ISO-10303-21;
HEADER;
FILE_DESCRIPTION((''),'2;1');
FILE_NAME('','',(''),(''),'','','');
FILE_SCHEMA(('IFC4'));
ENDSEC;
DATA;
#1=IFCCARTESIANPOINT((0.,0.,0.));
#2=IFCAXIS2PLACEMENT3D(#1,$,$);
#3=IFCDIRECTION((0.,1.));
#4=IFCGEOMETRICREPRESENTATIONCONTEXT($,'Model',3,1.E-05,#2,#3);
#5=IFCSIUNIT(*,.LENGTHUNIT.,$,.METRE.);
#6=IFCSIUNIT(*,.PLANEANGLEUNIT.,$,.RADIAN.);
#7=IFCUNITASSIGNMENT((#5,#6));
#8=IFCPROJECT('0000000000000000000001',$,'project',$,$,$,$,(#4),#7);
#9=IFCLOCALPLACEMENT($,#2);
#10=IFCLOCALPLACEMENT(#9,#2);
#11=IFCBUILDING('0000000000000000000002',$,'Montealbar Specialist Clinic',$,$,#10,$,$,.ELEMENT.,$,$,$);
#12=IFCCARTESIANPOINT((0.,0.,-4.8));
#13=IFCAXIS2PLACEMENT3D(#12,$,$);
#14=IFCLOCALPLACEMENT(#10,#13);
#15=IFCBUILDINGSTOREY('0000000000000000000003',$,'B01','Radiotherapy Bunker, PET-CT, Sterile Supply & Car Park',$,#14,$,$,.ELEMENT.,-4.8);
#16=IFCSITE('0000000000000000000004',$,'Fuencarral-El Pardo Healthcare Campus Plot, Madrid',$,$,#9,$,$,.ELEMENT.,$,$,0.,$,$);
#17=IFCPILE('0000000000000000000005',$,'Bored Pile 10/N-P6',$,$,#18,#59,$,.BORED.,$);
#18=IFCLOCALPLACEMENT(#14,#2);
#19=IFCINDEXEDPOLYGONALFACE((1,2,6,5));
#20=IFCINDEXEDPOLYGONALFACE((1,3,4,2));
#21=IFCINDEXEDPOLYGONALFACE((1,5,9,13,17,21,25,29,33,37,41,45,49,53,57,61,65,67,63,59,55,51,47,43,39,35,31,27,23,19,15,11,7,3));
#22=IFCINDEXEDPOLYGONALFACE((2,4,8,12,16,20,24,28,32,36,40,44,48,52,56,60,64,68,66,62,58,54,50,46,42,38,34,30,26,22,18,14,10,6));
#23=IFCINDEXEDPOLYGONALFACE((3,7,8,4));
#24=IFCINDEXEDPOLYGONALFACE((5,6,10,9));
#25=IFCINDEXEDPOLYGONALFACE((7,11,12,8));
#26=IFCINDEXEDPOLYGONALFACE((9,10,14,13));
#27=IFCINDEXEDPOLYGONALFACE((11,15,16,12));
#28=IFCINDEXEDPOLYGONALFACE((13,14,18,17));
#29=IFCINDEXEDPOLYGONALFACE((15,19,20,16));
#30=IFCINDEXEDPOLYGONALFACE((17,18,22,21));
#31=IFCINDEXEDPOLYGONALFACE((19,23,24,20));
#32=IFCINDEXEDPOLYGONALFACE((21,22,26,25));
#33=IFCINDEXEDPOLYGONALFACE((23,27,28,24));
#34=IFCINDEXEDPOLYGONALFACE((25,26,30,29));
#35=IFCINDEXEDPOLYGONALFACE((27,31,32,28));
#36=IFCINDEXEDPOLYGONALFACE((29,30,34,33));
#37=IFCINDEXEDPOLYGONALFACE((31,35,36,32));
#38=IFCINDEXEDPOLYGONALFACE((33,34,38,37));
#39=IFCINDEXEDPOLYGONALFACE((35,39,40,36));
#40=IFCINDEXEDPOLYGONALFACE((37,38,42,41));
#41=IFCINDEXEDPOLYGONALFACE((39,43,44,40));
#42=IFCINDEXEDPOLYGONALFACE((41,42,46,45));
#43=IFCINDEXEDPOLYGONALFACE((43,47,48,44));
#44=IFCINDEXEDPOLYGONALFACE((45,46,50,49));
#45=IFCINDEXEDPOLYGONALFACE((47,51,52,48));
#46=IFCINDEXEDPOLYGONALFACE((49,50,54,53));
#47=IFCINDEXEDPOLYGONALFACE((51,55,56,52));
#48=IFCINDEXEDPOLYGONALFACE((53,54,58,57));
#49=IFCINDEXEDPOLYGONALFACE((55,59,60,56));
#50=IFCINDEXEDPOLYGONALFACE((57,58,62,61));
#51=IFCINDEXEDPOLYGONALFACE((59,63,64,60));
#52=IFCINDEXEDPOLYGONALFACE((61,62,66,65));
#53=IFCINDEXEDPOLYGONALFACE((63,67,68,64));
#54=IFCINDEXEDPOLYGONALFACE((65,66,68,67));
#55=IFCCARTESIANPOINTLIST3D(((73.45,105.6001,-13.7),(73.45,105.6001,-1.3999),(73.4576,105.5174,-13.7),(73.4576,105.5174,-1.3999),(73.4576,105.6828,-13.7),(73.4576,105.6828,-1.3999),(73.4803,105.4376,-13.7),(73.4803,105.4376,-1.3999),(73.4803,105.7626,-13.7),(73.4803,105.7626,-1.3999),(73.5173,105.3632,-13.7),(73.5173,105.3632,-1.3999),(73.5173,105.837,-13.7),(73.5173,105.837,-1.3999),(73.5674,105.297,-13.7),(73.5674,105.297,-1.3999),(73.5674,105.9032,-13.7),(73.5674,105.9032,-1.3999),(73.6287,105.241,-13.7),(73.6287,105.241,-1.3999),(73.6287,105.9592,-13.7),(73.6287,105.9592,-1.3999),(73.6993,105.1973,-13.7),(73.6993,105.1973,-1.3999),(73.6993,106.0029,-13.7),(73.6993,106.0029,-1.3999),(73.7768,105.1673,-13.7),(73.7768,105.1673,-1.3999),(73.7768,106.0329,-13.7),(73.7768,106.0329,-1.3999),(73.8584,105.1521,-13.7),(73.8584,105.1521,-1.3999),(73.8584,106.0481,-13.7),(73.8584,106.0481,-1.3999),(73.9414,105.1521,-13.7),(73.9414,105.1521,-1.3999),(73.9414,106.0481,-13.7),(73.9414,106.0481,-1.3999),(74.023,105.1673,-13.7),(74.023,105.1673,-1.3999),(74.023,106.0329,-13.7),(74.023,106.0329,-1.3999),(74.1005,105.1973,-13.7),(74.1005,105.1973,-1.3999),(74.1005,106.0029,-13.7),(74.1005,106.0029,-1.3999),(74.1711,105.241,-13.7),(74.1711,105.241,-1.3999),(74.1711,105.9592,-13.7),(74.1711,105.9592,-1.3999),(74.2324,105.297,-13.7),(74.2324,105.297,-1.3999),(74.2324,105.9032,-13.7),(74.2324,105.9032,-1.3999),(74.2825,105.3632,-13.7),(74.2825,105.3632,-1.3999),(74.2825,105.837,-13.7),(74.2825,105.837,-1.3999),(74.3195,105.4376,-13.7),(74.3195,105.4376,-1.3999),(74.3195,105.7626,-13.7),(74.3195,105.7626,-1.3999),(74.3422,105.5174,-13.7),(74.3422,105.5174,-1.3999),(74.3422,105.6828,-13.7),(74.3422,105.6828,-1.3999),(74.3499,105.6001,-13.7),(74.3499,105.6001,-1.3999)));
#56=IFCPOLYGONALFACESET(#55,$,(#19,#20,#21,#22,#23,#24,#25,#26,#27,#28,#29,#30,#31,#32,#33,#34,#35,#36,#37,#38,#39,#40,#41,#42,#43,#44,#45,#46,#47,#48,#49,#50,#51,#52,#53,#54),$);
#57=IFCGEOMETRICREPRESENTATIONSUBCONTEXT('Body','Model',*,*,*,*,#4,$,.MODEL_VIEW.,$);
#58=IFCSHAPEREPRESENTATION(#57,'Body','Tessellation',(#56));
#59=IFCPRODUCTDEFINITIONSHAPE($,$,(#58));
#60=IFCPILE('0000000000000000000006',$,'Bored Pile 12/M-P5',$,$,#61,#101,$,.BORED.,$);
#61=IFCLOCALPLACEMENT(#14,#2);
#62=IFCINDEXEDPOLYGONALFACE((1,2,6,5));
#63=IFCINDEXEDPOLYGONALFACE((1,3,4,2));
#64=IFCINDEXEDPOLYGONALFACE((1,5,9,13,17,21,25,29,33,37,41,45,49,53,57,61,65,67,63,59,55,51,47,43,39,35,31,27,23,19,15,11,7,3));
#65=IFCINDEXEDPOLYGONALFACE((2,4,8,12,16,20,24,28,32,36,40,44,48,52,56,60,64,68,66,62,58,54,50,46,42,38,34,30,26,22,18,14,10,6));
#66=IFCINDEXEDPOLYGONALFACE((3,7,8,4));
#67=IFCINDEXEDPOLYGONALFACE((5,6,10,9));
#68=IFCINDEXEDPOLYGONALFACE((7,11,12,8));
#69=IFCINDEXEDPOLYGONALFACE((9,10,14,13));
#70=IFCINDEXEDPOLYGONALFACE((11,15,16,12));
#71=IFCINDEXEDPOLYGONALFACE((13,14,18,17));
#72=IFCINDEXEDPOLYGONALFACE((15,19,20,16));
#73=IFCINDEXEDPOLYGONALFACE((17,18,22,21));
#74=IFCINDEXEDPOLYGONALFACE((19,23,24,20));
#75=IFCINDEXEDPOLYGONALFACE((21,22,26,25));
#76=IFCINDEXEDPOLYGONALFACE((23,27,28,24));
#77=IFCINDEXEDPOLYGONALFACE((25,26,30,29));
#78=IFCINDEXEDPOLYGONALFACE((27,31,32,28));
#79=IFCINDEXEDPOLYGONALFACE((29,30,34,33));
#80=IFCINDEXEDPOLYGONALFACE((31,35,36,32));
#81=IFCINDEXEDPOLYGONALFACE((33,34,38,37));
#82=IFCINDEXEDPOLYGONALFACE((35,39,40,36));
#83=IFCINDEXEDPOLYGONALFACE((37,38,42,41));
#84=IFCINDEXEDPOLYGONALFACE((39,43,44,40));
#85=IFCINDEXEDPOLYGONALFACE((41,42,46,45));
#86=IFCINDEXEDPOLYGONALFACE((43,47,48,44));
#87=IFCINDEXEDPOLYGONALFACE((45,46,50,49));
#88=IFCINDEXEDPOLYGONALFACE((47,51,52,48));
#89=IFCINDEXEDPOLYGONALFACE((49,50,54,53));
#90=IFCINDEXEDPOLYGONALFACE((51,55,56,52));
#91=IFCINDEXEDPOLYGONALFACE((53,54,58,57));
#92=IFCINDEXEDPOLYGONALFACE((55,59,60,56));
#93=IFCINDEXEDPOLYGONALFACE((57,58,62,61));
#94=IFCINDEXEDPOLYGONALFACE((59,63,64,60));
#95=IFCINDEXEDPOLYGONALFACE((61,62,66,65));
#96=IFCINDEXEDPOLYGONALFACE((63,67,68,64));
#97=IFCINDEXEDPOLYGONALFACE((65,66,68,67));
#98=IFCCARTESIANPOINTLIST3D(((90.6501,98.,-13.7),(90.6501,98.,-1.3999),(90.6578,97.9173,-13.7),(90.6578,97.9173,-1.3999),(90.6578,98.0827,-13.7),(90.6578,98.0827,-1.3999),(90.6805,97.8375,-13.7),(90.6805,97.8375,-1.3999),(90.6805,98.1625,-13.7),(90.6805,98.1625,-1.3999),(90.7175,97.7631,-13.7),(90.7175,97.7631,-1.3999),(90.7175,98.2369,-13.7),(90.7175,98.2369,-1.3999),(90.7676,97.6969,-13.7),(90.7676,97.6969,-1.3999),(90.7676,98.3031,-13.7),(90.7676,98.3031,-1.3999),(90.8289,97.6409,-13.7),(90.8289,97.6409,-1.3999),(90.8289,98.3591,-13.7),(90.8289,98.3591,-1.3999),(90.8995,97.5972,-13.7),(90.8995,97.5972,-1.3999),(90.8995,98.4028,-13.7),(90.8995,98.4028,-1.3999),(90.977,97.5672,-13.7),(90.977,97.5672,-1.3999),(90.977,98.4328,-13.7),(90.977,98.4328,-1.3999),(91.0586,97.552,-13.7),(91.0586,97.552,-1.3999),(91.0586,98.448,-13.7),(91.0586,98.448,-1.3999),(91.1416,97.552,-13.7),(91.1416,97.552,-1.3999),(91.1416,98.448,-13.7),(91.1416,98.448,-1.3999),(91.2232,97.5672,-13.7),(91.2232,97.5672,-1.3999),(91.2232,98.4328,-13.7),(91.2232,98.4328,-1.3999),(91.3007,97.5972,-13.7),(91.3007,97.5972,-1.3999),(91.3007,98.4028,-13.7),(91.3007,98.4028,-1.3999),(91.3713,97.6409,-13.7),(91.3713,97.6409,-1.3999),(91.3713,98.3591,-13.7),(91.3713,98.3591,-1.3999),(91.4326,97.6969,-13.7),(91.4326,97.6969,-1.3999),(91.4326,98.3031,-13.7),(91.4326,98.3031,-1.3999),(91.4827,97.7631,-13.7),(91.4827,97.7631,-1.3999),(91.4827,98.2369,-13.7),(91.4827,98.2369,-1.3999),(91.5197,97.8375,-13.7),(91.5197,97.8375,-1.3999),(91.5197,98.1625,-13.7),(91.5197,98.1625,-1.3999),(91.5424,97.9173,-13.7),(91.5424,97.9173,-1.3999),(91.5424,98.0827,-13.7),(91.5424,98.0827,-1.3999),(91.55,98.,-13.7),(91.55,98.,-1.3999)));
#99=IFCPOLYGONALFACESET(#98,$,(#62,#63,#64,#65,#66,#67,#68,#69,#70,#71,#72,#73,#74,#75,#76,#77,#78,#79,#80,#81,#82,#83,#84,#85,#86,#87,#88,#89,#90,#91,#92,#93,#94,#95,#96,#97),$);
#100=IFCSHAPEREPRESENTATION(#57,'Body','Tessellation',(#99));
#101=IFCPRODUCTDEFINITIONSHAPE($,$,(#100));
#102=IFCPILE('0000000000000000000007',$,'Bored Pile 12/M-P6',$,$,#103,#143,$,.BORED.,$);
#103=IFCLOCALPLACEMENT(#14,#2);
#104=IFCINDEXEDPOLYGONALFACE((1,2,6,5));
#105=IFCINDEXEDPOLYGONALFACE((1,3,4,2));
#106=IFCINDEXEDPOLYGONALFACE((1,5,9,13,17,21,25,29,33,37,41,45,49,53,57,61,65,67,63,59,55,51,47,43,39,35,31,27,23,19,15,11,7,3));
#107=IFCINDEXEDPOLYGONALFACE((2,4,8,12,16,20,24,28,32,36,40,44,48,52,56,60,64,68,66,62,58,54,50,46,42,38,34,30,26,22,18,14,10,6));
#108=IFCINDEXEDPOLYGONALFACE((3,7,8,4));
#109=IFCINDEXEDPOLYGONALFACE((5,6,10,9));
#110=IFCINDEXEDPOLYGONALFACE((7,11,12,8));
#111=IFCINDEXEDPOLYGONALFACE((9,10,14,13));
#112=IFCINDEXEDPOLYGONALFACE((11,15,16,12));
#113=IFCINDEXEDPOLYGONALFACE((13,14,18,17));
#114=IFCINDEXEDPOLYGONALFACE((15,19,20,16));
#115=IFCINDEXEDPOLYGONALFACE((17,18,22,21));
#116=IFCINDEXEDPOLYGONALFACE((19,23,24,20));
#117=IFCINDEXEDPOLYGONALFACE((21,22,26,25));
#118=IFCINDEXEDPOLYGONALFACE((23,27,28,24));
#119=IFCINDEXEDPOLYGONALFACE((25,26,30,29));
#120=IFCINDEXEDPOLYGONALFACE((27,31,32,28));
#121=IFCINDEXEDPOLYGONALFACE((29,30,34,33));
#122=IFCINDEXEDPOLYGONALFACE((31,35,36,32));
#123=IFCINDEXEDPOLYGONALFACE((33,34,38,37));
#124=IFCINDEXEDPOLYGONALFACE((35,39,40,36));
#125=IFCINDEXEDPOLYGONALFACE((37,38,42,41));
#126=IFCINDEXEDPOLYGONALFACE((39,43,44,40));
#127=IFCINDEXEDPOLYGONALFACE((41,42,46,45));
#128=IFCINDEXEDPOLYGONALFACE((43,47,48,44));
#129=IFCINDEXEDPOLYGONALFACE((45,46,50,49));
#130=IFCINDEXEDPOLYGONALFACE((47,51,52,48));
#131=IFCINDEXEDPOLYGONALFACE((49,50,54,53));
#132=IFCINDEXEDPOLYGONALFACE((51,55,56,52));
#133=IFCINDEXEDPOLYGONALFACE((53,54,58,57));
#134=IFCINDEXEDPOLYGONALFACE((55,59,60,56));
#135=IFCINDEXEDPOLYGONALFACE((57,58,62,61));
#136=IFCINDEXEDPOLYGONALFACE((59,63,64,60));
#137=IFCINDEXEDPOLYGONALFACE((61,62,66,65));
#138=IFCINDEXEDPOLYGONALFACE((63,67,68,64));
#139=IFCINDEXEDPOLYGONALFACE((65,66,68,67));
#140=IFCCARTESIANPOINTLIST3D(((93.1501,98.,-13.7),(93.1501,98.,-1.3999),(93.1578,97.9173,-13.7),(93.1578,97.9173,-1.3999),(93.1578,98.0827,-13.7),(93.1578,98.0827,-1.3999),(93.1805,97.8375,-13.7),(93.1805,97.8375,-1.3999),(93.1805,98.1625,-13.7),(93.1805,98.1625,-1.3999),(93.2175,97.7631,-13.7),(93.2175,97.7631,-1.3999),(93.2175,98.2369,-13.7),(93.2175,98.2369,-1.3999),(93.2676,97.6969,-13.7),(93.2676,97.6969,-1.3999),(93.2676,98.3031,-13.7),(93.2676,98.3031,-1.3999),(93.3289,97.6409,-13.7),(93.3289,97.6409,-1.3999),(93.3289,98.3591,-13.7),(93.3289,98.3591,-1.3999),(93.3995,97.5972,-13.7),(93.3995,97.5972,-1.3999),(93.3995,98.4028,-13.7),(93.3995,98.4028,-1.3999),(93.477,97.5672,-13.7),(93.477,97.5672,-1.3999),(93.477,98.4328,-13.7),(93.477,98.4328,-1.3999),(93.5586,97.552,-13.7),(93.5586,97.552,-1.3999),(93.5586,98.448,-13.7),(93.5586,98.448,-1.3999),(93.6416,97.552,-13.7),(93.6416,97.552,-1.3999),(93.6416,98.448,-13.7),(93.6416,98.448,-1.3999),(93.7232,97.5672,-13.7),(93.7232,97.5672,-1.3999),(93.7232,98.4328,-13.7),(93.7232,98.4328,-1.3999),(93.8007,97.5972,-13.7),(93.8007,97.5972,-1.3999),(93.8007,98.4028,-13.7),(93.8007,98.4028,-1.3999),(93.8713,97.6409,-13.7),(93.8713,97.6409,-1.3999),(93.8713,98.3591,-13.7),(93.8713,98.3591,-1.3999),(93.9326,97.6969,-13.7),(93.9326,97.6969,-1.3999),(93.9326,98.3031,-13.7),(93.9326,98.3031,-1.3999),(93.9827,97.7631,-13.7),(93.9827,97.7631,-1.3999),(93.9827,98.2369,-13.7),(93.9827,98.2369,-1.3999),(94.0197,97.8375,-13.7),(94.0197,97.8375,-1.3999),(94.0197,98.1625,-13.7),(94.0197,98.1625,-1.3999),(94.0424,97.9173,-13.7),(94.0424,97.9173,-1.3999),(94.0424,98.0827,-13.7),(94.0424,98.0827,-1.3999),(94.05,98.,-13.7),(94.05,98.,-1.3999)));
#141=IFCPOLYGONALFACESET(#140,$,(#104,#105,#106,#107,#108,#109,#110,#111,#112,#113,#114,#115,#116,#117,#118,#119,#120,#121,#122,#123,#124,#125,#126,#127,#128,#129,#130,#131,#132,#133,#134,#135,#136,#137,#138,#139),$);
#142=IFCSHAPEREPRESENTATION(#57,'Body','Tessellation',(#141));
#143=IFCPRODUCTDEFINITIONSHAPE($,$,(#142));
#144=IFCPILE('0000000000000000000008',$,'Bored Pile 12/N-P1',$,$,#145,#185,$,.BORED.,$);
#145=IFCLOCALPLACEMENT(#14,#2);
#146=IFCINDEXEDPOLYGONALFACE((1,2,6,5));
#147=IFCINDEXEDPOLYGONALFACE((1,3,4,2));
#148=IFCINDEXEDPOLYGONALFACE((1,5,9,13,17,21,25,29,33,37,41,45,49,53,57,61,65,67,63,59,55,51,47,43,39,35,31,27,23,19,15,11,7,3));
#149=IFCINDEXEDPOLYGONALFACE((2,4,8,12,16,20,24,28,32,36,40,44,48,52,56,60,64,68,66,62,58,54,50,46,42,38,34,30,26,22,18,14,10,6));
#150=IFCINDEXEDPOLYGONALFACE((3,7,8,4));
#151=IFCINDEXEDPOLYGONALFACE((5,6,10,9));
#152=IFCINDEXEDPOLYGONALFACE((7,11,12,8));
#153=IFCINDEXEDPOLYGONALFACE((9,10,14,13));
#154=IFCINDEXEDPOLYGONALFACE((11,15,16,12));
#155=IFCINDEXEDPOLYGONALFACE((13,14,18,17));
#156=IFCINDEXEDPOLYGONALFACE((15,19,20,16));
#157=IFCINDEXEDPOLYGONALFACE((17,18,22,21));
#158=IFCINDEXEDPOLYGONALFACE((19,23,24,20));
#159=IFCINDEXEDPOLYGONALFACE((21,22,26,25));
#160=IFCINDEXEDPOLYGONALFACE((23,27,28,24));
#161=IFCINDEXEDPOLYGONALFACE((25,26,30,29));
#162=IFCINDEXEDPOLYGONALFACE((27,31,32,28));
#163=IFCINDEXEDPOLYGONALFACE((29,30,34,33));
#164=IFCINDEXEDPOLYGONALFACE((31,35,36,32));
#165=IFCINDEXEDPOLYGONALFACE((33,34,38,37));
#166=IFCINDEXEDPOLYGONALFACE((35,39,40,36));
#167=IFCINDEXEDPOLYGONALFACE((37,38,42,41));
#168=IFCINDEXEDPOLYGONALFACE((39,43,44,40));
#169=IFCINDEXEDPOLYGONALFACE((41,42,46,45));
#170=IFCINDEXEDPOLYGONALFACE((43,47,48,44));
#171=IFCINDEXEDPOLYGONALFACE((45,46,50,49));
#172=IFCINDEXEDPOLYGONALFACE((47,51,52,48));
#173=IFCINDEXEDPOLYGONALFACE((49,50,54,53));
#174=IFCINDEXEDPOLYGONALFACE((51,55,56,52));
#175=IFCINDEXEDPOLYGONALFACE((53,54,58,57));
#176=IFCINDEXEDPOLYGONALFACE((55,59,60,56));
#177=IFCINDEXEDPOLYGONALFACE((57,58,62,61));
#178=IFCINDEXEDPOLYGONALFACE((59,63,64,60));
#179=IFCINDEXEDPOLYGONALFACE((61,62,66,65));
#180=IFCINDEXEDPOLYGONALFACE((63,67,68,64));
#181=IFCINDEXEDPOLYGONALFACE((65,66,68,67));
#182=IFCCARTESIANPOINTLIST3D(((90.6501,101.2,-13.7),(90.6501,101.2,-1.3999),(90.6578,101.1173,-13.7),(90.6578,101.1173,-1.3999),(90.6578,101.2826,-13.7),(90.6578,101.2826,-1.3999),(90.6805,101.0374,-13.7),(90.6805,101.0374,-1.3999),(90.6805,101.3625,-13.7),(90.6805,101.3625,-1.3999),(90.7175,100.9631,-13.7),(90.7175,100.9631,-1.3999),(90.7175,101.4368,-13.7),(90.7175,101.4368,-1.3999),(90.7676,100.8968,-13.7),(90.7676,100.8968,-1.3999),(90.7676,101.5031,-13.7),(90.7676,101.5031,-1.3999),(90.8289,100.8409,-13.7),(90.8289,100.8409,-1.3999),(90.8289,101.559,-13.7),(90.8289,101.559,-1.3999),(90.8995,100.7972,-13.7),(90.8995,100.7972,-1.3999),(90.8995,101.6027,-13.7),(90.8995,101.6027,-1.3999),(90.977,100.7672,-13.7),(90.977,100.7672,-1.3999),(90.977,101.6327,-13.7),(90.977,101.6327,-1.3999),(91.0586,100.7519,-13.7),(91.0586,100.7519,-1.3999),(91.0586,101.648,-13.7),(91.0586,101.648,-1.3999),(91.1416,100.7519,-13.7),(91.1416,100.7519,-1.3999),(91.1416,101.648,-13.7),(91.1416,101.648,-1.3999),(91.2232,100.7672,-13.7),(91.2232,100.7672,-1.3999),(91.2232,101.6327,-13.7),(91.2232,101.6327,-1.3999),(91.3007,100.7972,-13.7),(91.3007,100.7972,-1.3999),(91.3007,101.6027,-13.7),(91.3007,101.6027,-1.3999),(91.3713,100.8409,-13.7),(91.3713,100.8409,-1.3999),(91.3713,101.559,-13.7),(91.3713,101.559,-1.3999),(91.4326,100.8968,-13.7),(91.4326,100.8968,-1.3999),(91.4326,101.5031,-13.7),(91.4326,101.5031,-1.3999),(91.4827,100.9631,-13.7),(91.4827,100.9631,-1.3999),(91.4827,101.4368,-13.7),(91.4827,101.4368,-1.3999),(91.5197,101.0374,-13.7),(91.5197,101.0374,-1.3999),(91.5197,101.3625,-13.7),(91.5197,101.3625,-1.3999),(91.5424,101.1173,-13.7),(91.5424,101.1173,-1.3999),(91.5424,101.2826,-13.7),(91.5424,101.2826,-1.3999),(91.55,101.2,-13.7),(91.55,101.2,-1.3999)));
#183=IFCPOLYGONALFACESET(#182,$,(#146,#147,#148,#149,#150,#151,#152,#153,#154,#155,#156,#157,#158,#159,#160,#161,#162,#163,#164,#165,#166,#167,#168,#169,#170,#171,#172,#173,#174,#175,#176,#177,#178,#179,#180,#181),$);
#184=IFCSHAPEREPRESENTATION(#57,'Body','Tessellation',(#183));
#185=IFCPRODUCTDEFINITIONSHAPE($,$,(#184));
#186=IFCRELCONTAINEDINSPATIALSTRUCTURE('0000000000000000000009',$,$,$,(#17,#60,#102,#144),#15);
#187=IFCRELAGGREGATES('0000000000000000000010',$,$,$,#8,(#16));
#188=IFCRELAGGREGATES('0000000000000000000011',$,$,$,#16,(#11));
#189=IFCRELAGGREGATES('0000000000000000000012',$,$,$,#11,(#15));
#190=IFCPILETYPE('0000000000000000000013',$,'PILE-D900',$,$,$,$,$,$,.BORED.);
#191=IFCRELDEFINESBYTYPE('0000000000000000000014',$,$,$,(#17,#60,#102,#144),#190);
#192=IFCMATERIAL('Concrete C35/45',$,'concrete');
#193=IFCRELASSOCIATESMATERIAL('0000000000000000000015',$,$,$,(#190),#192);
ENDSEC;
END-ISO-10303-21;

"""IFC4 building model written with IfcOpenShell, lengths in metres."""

from ifc_helpers import new_model, si_unit, direction, frame, origin, origin_2d, place, context, subcontext, project, spatial, circle, extrude, material, material_profile, profile_set, type_object, element, save


model = new_model("IFC4")

# Units and contexts
model_context = context("Model", 3, precision=1e-05, world=origin(), true_north=direction((0.0, 1.0)))
body_context = subcontext(model_context, "Body", "Model", "MODEL_VIEW")
ifc_project = project(units=[si_unit("LENGTHUNIT", "METRE"), si_unit("PLANEANGLEUNIT", "RADIAN")], contexts=[model_context])

# Site, building, storey
site_placement = place(None, origin())
site = spatial("IfcSite", under=ifc_project, at=site_placement, Name="Fuencarral-El Pardo Healthcare Campus Plot, Madrid", CompositionType="ELEMENT", RefElevation=0.0)
building_placement = place(site_placement, origin())
building = spatial("IfcBuilding", under=site, at=building_placement, Name="Montealbar Specialist Clinic", CompositionType="ELEMENT")
storey_placement = place(building_placement, frame((0.0, 0.0, -4.8)))
storey = spatial("IfcBuildingStorey", under=building, at=storey_placement, Name="B01", Description="Radiotherapy Bunker, PET-CT, Sterile Supply & Car Park", CompositionType="ELEMENT", Elevation=-4.8)

# Shared definitions
ifc_material_1 = material(Name="Concrete C35/45", Category="concrete")

# Piles
ifc_material_profile_1 = material_profile(ifc_material_1, circle(Radius=0.45, at=origin_2d()), Name="PILE D900", Category="concrete")
ifc_profile_set_1 = profile_set([ifc_material_profile_1], Name="Concrete C35/45")
pile_type_1 = type_object("IfcPileType", Name="PILE-D900", PredefinedType="BORED", material=ifc_profile_set_1)
for number, where, z_axis, x_axis, name in (
    (1, (73.8999, 105.6001, -1.3999), (0.0, 0.0, -1.0), (1.0, 0.0, 0.0), "Bored Pile 10/N-P6"),
    (2, (91.1001, 98.0, -1.3999), (0.0, 0.0, -1.0), (1.0, 0.0, 0.0), "Bored Pile 12/M-P5"),
    (3, (93.6001, 98.0, -1.3999), (0.0, 0.0, -1.0), (1.0, 0.0, 0.0), "Bored Pile 12/M-P6"),
    (4, (91.1001, 101.2, -1.3999), (0.0, 0.0, -1.0), (1.0, 0.0, 0.0), "Bored Pile 12/N-P1"),
):
    element("IfcPile", number, at=place(storey_placement, frame(where, z_axis=z_axis, x_axis=x_axis)), inside=storey, type_object=pile_type_1, Name=name, PredefinedType="BORED", context=body_context, shape_type="SweptSolid", body=[
        extrude(circle(Radius=0.45, at=origin_2d()), origin(), (0.0, 0.0, 1.0), 12.3),
    ])

save(model, "model.ifc")
